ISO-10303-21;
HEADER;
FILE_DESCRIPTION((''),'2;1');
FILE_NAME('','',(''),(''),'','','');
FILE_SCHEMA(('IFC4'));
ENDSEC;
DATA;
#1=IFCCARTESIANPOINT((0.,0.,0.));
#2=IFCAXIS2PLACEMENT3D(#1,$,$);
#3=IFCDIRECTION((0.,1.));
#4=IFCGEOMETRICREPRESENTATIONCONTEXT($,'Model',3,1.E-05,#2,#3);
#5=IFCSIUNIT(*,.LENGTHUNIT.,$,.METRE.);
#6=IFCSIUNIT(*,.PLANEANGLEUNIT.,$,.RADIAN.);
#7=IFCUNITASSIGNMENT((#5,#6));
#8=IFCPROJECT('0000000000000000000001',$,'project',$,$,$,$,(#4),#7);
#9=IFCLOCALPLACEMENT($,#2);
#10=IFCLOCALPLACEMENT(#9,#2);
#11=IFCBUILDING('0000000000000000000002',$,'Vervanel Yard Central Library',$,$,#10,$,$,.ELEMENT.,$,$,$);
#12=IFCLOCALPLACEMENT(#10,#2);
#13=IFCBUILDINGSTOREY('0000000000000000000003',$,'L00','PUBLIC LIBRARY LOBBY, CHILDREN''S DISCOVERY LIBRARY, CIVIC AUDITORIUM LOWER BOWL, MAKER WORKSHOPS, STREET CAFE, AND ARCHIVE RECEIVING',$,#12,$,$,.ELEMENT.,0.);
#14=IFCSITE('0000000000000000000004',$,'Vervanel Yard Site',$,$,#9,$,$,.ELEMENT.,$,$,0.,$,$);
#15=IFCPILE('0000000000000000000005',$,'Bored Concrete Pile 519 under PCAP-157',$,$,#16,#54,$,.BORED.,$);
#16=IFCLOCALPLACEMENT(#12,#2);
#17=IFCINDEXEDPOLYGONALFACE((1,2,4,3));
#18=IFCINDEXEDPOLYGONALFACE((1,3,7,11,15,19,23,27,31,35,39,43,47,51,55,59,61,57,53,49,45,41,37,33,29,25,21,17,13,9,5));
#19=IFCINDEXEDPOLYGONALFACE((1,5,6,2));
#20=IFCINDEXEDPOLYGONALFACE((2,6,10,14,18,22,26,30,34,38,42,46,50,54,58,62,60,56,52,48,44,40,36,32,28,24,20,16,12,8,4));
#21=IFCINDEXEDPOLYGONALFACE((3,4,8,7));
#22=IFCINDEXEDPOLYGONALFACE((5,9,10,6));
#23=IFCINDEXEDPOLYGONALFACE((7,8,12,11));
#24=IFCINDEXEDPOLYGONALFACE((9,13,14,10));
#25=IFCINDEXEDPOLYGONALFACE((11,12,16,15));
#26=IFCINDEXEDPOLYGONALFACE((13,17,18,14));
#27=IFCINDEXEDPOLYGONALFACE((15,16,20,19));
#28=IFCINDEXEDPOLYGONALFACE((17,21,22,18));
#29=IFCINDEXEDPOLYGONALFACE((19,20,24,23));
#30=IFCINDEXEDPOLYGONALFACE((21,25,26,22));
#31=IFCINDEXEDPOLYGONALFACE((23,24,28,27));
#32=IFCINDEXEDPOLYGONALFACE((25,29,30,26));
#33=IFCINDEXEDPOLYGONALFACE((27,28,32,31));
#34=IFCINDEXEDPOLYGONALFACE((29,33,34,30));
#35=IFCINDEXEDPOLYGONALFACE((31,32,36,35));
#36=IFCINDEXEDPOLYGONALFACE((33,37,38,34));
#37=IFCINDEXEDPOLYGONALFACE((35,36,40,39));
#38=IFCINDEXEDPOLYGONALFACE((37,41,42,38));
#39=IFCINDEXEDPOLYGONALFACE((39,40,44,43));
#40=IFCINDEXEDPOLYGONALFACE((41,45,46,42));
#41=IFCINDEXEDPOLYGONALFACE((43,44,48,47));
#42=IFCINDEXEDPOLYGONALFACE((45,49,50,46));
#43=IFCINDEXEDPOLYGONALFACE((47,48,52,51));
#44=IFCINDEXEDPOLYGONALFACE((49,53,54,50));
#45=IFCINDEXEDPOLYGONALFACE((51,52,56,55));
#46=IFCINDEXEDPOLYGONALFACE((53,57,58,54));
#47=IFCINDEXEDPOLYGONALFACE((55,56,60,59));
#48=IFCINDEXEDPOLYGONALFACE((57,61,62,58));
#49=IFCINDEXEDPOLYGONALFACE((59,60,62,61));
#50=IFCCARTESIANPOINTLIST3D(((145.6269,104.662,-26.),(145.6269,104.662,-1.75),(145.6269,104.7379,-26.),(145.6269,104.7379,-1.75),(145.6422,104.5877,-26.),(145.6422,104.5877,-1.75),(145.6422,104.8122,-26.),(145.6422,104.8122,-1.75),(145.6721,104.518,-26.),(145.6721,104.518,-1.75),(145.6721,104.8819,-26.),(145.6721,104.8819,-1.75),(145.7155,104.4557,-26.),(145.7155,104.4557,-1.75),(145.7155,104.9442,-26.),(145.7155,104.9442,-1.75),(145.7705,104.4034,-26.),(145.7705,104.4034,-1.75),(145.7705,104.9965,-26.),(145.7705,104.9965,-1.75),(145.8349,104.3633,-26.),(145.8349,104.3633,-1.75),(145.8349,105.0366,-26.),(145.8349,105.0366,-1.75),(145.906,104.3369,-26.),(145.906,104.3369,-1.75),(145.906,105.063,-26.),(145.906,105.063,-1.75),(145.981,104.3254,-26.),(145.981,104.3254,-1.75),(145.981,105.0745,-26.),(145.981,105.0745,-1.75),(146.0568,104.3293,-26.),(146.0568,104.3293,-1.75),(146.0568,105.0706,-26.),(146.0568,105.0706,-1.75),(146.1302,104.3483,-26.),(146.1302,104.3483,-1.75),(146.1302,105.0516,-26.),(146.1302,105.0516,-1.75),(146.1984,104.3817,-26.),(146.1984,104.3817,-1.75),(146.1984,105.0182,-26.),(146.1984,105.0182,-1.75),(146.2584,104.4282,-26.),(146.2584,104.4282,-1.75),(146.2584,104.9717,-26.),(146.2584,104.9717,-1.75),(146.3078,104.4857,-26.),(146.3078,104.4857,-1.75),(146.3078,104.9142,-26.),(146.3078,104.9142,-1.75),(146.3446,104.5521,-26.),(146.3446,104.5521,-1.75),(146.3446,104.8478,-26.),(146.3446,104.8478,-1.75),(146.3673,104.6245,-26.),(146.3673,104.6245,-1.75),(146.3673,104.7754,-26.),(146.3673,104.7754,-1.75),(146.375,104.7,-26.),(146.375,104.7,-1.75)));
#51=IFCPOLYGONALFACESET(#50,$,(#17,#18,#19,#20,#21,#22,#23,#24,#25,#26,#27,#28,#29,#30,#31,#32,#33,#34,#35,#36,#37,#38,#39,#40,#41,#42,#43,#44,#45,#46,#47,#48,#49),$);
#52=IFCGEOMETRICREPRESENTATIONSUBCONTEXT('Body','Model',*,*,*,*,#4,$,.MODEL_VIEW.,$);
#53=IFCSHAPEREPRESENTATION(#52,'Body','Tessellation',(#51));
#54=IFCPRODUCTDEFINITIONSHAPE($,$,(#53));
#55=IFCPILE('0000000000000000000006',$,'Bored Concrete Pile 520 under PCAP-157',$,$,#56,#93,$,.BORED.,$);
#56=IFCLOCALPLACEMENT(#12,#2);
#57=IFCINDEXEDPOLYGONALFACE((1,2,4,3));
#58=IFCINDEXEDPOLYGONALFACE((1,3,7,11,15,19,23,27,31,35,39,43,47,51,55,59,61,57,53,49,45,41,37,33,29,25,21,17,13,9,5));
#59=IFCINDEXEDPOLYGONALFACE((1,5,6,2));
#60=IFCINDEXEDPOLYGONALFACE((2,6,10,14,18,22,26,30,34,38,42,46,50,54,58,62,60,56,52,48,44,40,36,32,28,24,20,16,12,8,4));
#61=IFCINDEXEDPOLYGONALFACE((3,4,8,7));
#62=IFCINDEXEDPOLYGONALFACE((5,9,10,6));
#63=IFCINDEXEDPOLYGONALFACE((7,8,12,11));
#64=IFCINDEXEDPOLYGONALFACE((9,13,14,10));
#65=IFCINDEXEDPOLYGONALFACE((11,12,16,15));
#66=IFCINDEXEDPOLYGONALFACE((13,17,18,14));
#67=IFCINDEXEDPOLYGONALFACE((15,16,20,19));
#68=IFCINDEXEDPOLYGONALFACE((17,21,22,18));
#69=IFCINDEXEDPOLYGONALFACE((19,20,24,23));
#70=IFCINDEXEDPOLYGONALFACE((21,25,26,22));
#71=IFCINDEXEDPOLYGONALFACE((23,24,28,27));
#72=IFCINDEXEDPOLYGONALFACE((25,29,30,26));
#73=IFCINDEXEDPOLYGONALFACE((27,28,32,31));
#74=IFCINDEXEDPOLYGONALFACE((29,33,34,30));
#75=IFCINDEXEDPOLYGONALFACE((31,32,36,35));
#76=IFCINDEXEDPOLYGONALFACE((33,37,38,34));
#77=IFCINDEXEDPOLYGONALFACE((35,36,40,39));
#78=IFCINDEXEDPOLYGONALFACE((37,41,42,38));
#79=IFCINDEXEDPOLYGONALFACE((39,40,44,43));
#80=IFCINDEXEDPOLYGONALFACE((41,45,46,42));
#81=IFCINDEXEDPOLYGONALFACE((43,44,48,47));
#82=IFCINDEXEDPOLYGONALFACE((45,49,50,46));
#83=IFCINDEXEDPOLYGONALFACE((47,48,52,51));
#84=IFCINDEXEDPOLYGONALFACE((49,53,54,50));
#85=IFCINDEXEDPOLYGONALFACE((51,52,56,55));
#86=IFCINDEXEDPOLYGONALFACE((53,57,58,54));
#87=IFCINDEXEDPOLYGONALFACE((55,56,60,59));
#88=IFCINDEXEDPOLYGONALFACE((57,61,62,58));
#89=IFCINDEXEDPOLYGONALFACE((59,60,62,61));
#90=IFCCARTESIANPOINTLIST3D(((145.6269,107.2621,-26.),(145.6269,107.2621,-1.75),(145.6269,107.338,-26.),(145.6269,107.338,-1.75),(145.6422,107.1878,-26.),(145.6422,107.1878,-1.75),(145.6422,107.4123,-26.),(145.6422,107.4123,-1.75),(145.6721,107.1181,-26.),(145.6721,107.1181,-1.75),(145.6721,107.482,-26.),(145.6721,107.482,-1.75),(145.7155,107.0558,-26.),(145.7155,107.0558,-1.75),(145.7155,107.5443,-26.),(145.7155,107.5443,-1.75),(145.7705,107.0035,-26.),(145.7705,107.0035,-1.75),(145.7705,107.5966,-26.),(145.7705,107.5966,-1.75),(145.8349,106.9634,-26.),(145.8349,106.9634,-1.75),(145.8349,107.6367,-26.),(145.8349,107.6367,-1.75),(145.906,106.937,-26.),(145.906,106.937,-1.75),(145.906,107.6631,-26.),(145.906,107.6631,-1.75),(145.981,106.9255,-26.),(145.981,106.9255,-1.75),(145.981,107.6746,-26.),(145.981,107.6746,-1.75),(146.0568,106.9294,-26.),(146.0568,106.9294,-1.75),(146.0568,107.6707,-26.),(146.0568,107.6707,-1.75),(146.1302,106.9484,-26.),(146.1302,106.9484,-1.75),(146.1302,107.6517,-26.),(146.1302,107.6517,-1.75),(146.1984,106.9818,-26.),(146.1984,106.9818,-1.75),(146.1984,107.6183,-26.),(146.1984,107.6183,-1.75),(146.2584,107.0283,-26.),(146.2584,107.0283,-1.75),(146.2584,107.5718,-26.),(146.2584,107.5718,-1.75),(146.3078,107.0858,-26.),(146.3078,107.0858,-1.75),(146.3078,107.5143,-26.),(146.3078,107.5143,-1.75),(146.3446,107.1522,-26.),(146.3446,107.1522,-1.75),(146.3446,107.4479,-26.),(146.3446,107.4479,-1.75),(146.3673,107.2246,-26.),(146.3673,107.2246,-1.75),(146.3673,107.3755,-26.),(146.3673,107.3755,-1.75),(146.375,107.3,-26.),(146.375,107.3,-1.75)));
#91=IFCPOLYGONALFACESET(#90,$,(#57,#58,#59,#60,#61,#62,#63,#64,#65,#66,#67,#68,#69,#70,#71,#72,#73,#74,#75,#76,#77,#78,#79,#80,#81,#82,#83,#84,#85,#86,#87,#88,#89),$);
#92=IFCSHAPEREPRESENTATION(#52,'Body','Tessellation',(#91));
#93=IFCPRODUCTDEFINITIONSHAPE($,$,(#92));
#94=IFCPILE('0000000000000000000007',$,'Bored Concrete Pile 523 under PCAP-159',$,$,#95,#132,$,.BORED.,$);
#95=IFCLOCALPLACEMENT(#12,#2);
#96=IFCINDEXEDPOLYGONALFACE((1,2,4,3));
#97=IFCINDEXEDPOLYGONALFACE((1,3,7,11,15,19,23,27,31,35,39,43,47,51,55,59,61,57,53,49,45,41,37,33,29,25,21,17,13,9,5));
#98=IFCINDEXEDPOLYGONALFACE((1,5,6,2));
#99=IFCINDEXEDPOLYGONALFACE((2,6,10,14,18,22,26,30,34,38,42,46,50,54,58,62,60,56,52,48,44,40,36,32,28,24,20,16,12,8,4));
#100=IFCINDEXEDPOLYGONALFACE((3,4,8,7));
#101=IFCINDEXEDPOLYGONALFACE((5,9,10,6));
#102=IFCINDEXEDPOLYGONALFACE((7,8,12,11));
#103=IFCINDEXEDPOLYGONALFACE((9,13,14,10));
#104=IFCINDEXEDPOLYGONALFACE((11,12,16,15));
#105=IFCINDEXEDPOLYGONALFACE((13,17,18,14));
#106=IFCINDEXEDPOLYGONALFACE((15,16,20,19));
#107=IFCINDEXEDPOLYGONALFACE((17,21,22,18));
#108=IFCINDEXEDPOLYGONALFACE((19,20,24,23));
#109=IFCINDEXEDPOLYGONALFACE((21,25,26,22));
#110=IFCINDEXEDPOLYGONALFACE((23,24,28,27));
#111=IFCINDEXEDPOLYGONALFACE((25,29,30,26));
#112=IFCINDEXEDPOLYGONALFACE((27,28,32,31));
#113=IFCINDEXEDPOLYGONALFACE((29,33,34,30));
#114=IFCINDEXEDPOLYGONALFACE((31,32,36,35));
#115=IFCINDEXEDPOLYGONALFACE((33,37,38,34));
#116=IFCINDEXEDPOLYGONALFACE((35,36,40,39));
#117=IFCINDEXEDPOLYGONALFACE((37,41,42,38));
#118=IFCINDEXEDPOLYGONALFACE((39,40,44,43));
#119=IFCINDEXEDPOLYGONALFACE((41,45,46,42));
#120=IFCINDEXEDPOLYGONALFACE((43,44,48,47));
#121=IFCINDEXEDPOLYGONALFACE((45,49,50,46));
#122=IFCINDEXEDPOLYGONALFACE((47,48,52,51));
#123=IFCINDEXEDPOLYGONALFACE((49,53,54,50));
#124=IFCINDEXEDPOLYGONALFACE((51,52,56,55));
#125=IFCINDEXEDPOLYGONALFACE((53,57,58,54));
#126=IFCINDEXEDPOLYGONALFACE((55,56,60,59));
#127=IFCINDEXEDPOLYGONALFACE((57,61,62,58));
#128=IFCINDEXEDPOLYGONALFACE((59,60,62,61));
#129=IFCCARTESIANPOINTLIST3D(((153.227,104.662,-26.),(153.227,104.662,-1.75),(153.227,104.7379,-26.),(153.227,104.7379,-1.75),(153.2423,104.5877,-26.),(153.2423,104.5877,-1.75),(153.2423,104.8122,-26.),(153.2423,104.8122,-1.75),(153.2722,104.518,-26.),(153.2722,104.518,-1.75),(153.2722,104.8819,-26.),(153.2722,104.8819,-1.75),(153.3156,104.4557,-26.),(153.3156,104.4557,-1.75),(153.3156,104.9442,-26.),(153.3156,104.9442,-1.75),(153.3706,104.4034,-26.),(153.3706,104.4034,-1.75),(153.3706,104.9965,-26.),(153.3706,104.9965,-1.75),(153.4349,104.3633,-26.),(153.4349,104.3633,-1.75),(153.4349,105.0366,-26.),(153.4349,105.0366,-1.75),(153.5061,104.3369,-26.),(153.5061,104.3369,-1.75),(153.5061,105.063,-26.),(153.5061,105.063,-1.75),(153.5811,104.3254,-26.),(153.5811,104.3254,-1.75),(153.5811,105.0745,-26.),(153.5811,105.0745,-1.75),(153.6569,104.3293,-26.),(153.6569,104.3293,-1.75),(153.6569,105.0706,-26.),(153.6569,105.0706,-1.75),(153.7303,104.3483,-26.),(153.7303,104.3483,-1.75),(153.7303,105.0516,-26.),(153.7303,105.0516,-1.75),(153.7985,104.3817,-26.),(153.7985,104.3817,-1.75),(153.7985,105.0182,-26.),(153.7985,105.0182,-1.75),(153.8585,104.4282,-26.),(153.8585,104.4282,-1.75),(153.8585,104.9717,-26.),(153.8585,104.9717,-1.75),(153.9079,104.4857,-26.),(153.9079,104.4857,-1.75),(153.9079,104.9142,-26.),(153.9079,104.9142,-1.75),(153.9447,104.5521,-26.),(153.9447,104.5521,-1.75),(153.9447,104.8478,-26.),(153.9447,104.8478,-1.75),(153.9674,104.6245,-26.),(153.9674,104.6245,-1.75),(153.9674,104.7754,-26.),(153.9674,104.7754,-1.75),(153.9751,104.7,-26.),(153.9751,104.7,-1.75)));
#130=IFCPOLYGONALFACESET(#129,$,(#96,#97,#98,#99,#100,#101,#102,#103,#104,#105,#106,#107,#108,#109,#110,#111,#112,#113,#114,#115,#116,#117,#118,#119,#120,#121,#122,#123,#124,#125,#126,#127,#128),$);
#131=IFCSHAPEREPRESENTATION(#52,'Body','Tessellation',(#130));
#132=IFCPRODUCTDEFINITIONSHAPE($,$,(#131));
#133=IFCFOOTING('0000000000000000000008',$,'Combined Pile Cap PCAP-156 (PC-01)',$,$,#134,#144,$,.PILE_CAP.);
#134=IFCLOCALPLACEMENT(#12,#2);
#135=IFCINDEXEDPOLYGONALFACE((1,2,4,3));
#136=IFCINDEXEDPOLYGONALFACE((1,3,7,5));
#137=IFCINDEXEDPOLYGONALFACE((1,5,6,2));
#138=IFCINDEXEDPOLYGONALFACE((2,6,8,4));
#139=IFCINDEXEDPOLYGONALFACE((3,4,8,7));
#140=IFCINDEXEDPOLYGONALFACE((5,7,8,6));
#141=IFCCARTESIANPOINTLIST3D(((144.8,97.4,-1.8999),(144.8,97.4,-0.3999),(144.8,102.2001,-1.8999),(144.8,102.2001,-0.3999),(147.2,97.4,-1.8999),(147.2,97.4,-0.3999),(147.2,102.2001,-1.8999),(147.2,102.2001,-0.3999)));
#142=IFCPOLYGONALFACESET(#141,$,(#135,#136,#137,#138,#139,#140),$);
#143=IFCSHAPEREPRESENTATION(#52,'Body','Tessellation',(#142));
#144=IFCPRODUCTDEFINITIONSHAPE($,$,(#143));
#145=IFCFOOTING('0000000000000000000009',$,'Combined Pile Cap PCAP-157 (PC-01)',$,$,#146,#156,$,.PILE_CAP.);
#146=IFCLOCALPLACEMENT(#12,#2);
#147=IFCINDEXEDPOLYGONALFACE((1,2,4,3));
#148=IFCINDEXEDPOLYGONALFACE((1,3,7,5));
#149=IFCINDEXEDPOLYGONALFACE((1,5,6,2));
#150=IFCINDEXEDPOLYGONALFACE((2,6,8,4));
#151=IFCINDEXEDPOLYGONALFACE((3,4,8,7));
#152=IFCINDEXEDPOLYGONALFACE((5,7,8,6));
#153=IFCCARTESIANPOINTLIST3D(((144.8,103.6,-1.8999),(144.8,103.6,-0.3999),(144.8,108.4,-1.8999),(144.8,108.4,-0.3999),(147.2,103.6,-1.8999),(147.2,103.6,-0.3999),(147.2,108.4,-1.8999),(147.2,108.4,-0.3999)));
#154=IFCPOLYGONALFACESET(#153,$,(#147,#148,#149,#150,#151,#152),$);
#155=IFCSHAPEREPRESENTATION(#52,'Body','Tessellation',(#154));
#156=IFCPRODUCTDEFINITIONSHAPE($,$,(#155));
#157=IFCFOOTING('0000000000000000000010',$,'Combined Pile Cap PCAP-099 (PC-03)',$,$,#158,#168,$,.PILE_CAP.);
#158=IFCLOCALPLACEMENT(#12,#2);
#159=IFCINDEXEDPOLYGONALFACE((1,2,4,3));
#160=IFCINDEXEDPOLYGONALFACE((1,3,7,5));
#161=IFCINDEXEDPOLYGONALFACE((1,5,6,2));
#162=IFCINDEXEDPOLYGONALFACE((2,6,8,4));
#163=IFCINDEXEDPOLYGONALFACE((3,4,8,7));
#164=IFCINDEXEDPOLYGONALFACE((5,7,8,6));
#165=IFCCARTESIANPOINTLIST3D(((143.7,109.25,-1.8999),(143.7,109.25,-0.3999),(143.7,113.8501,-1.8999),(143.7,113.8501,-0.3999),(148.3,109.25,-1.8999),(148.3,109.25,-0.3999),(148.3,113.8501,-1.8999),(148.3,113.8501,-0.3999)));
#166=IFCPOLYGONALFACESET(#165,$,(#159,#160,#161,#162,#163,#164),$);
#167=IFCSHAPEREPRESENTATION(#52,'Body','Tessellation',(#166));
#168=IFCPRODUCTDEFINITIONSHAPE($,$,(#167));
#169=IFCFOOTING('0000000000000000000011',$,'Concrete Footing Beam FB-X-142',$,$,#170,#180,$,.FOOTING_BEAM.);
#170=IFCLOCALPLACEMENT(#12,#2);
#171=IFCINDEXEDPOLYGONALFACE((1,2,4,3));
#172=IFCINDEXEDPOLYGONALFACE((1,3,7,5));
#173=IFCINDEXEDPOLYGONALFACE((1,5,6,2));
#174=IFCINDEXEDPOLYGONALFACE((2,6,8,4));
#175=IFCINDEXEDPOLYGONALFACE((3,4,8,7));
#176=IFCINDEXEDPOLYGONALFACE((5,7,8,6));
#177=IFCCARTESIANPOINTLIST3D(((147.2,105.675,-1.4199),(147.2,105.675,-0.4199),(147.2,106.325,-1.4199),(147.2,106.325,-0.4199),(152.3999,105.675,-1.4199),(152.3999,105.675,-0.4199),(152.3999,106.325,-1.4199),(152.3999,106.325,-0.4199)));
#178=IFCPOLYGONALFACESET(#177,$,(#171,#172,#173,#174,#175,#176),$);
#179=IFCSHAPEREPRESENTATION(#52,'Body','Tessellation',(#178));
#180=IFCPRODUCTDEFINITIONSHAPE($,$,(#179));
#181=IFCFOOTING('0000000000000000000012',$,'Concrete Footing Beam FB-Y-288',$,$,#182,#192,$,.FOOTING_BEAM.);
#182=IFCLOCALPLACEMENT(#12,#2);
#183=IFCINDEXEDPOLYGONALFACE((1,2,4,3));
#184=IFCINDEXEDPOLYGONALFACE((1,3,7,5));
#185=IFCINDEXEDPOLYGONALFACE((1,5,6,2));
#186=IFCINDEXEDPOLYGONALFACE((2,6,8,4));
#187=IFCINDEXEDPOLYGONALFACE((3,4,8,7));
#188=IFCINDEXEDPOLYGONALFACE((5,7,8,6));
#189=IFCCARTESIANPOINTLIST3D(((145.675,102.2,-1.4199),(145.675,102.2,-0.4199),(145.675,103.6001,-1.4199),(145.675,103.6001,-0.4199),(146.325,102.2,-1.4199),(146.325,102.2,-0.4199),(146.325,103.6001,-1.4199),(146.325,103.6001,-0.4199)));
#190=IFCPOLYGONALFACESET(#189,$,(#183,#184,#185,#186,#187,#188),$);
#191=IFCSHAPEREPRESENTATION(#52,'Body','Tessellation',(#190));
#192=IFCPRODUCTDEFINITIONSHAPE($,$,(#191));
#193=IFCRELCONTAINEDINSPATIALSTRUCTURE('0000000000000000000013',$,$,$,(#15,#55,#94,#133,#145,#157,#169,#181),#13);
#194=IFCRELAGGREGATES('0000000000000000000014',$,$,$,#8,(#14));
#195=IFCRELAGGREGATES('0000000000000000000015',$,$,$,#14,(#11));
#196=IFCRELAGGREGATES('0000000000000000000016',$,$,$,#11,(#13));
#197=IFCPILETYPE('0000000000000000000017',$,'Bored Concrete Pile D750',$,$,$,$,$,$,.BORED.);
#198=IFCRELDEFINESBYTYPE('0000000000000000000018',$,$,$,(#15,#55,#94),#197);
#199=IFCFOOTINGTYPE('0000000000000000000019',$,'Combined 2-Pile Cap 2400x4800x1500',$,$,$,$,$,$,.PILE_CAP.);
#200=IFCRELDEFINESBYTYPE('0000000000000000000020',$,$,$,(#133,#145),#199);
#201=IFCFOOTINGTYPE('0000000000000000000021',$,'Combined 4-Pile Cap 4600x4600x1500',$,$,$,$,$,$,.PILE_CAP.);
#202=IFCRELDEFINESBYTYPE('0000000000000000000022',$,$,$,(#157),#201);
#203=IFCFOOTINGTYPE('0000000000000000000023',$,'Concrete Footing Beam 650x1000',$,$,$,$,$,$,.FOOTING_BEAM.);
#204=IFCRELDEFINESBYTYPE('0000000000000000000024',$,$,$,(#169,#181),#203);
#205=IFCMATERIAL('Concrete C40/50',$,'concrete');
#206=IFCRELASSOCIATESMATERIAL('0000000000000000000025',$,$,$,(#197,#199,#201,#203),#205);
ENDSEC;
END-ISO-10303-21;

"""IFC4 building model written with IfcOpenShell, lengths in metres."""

from ifc_helpers import new_model, si_unit, direction, frame, origin, origin_2d, place, context, subcontext, project, spatial, rectangle, circle, extrude, material, material_profile, profile_set, type_object, element, save


model = new_model("IFC4")

# Units and contexts
model_context = context("Model", 3, precision=1e-05, world=origin(), true_north=direction((0.0, 1.0)))
body_context = subcontext(model_context, "Body", "Model", "MODEL_VIEW")
ifc_project = project(units=[si_unit("LENGTHUNIT", "METRE"), si_unit("PLANEANGLEUNIT", "RADIAN")], contexts=[model_context])

# Site, building, storey
site_placement = place(None, origin())
site = spatial("IfcSite", under=ifc_project, at=site_placement, Name="Vervanel Yard Site", CompositionType="ELEMENT", RefElevation=0.0)
building_placement = place(site_placement, origin())
building = spatial("IfcBuilding", under=site, at=building_placement, Name="Vervanel Yard Central Library", CompositionType="ELEMENT")
storey_placement = place(building_placement, origin())
storey = spatial("IfcBuildingStorey", under=building, at=storey_placement, Name="L00", Description="PUBLIC LIBRARY LOBBY, CHILDREN'S DISCOVERY LIBRARY, CIVIC AUDITORIUM LOWER BOWL, MAKER WORKSHOPS, STREET CAFE, AND ARCHIVE RECEIVING", CompositionType="ELEMENT", Elevation=0.0)

# Piles
ifc_material_1 = material(Name="Concrete C40/50", Category="concrete")
ifc_material_profile_1 = material_profile(ifc_material_1, circle(Radius=0.375, at=origin_2d()), Name="BP D750", Category="concrete")
ifc_profile_set_1 = profile_set([ifc_material_profile_1], Name="Concrete C40/50")
pile_type = type_object("IfcPileType", Name="Bored Concrete Pile D750", PredefinedType="BORED", material=ifc_profile_set_1)
for number, where, z_axis, x_axis, name in (
    (1, (146.0, 104.7, -1.75), (0.0, 0.0, -1.0), (1.0, 0.0, 0.0), "Bored Concrete Pile 519 under PCAP-157"),
    (2, (146.0, 107.3, -1.75), (0.0, 0.0, -1.0), (1.0, 0.0, 0.0), "Bored Concrete Pile 520 under PCAP-157"),
    (3, (153.6001, 104.7, -1.75), (0.0, 0.0, -1.0), (1.0, 0.0, 0.0), "Bored Concrete Pile 523 under PCAP-159"),
):
    element("IfcPile", number, at=place(storey_placement, frame(where, z_axis=z_axis, x_axis=x_axis)), inside=storey, type_object=pile_type, Name=name, PredefinedType="BORED", context=body_context, shape_type="SweptSolid", body=[
        extrude(circle(Radius=0.375, at=origin_2d()), origin(), (0.0, 0.0, 1.0), 24.25),
    ])

# Footings
footing_type_1 = type_object("IfcFootingType", Name="Combined 2-Pile Cap 2400x4800x1500", PredefinedType="PILE_CAP", material=ifc_material_1)
for number, where, z_axis, x_axis, name in (
    (4, (146.0, 99.8, -1.8999), (0.0, 0.0, 1.0), (1.0, 0.0, 0.0), "Combined Pile Cap PCAP-156 (PC-01)"),
    (5, (146.0, 106.0, -1.8999), (0.0, 0.0, 1.0), (1.0, 0.0, 0.0), "Combined Pile Cap PCAP-157 (PC-01)"),
):
    element("IfcFooting", number, at=place(storey_placement, frame(where, z_axis=z_axis, x_axis=x_axis)), inside=storey, type_object=footing_type_1, Name=name, PredefinedType="PILE_CAP", context=body_context, shape_type="SweptSolid", body=[
        extrude(rectangle(XDim=2.3999, YDim=4.8, at=origin_2d()), origin(), (0.0, 0.0, 1.0), 1.5),
    ])
footing_type_2 = type_object("IfcFootingType", Name="Combined 4-Pile Cap 4600x4600x1500", PredefinedType="PILE_CAP", material=ifc_material_1)
footing_1_placement = place(storey_placement, frame((146.0, 111.55, -1.8999), z_axis=(0.0, 0.0, 1.0), x_axis=(1.0, 0.0, 0.0)))
element("IfcFooting", 6, at=footing_1_placement, inside=storey, type_object=footing_type_2, Name="Combined Pile Cap PCAP-099 (PC-03)", PredefinedType="PILE_CAP", context=body_context, shape_type="SweptSolid", body=[
    extrude(rectangle(XDim=4.6001, YDim=4.6001, at=origin_2d()), origin(), (0.0, 0.0, 1.0), 1.5),
])
ifc_material_profile_2 = material_profile(ifc_material_1, rectangle(XDim=0.6499, YDim=1.0, at=origin_2d()), Name="RC 650x1000", Category="concrete")
ifc_profile_set_2 = profile_set([ifc_material_profile_2], Name="Concrete C40/50")
footing_type_3 = type_object("IfcFootingType", Name="Concrete Footing Beam 650x1000", PredefinedType="FOOTING_BEAM", material=ifc_profile_set_2)
footing_2_placement = place(storey_placement, frame((147.2, 106.0, -0.9199), z_axis=(1.0, 0.0, 0.0), x_axis=(0.0, 1.0, 0.0)))
element("IfcFooting", 7, at=footing_2_placement, inside=storey, type_object=footing_type_3, Name="Concrete Footing Beam FB-X-142", PredefinedType="FOOTING_BEAM", context=body_context, shape_type="SweptSolid", body=[
    extrude(rectangle(XDim=0.6499, YDim=1.0, at=origin_2d()), origin(), (0.0, 0.0, 1.0), 5.2),
])
footing_3_placement = place(storey_placement, frame((146.0, 102.2, -0.9199), z_axis=(0.0, 1.0, 0.0), x_axis=(-1.0, 0.0, 0.0)))
element("IfcFooting", 8, at=footing_3_placement, inside=storey, type_object=footing_type_3, Name="Concrete Footing Beam FB-Y-288", PredefinedType="FOOTING_BEAM", context=body_context, shape_type="SweptSolid", body=[
    extrude(rectangle(XDim=0.6499, YDim=1.0, at=origin_2d()), origin(), (0.0, 0.0, 1.0), 1.4001),
])

save(model, "model.ifc")
